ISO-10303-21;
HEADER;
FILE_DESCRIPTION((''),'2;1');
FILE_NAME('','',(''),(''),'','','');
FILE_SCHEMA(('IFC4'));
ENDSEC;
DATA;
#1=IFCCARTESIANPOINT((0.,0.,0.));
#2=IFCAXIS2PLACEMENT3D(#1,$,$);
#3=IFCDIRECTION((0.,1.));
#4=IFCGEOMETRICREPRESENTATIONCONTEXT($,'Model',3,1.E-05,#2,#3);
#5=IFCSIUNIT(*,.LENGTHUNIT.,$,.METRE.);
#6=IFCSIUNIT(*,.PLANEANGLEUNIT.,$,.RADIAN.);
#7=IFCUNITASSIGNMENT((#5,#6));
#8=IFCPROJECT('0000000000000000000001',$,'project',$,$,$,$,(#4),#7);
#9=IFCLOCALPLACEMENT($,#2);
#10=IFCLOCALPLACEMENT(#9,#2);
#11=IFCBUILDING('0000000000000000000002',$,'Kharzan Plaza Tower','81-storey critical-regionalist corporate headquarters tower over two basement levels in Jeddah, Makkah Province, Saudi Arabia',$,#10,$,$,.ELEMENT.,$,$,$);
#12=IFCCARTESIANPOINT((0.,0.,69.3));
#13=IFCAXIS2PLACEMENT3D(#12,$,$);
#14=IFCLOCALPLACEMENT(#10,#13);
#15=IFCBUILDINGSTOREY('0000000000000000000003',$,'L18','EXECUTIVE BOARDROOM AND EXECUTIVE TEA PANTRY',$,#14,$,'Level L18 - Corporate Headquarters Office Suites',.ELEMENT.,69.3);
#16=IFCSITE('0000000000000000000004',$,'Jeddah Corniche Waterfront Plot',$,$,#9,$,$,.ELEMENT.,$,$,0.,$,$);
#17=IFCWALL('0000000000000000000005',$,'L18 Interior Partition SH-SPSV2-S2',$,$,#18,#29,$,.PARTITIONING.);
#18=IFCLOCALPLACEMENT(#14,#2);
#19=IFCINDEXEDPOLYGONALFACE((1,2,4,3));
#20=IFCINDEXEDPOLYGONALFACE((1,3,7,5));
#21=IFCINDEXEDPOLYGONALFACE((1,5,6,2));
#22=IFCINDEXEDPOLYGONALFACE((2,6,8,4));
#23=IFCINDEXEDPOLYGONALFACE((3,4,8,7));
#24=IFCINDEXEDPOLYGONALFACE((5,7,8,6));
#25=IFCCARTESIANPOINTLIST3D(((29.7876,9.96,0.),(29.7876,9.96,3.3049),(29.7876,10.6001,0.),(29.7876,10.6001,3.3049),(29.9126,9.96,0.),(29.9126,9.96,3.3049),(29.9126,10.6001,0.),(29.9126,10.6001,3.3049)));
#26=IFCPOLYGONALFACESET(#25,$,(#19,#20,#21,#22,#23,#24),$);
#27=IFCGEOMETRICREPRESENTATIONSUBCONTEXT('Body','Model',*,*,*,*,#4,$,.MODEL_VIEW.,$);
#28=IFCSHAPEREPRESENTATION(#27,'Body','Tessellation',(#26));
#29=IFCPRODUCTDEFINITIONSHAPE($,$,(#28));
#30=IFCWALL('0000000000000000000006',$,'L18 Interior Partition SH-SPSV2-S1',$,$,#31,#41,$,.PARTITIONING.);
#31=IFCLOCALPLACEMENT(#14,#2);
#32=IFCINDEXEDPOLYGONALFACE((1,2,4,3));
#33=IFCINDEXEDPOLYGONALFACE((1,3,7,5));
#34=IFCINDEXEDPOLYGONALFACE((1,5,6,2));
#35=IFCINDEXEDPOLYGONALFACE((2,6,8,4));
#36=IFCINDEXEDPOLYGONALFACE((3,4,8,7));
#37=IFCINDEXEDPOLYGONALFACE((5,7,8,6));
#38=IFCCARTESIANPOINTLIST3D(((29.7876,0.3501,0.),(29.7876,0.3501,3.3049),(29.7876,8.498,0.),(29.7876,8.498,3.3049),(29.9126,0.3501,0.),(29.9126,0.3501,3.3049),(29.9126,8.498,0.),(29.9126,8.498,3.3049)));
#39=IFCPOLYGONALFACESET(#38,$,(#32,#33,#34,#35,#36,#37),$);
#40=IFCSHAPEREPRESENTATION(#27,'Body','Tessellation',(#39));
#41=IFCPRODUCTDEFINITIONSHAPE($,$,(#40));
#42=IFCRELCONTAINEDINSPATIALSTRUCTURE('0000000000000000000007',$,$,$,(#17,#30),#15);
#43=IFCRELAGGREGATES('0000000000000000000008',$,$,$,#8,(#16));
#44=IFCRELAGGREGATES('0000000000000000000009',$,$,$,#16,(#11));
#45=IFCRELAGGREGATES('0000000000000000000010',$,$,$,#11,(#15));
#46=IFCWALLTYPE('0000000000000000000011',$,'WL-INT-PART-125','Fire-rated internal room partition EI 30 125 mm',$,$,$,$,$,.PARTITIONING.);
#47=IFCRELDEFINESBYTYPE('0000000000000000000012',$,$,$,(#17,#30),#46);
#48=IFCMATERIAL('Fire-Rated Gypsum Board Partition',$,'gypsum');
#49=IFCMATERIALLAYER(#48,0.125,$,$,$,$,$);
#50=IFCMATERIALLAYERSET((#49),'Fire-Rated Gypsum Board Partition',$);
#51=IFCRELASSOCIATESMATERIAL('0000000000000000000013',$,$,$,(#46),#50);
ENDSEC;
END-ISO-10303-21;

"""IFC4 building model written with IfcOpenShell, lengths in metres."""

from ifc_helpers import new_model, si_unit, direction, frame, frame_2d, origin, place, context, subcontext, project, spatial, rectangle, extrude, source, transform, mapped, material, layer, layer_set, type_object, element, save


model = new_model("IFC4")

# Units and contexts
model_context = context("Model", 3, precision=1e-05, world=origin(), true_north=direction((0.0, 1.0)))
body_context = subcontext(model_context, "Body", "Model", "MODEL_VIEW")
ifc_project = project(units=[si_unit("LENGTHUNIT", "METRE"), si_unit("PLANEANGLEUNIT", "RADIAN")], contexts=[model_context])

# Site, building, storey
site_placement = place(None, origin())
site = spatial("IfcSite", under=ifc_project, at=site_placement, Name="Jeddah Corniche Waterfront Plot", CompositionType="ELEMENT", RefElevation=0.0)
building_placement = place(site_placement, origin())
building = spatial("IfcBuilding", under=site, at=building_placement, Name="Kharzan Plaza Tower", Description="81-storey critical-regionalist corporate headquarters tower over two basement levels in Jeddah, Makkah Province, Saudi Arabia", CompositionType="ELEMENT")
storey_placement = place(building_placement, frame((0.0, 0.0, 69.3)))
storey = spatial("IfcBuildingStorey", under=building, at=storey_placement, Name="L18", Description="EXECUTIVE BOARDROOM AND EXECUTIVE TEA PANTRY", LongName="Level L18 - Corporate Headquarters Office Suites", CompositionType="ELEMENT", Elevation=69.3)

# Shared definitions
ifc_material_1 = material(Name="Fire-Rated Gypsum Board Partition", Category="gypsum")
ifc_layer_1 = layer(ifc_material_1, 0.125)
ifc_layer_set_1 = layer_set([ifc_layer_1], Name="Fire-Rated Gypsum Board Partition")
wall_type_1 = type_object("IfcWallType", Name="WL-INT-PART-125", Description="Fire-rated internal room partition EI 30 125 mm", PredefinedType="PARTITIONING", material=ifc_layer_set_1)

# Walls
shared_shape_1 = source(origin(), body_context, "Body", "SweptSolid", [
    extrude(rectangle(XDim=0.6401, YDim=0.125, at=frame_2d((0.3201, 0.0))), origin(), (0.0, 0.0, 1.0), 3.3049),
])
wall_1_placement = place(storey_placement, frame((29.8501, 9.96, 0.0), z_axis=(0.0, 0.0, 1.0), x_axis=(0.0, 1.0, 0.0)))
element("IfcWall", 1, at=wall_1_placement, inside=storey, type_object=wall_type_1, Name="L18 Interior Partition SH-SPSV2-S2", PredefinedType="PARTITIONING", context=body_context, shape_type="MappedRepresentation", body=[
    mapped(shared_shape_1, transform((0.0, 0.0, 0.0), x_axis=(1.0, 0.0, 0.0), y_axis=(0.0, 1.0, 0.0), z_axis=(0.0, 0.0, 1.0))),
])
shared_shape_2 = source(origin(), body_context, "Body", "SweptSolid", [
    extrude(rectangle(XDim=8.1479, YDim=0.125, at=frame_2d((4.074, 0.0))), origin(), (0.0, 0.0, 1.0), 3.3049),
])
wall_2_placement = place(storey_placement, frame((29.8501, 0.3501, 0.0), z_axis=(0.0, 0.0, 1.0), x_axis=(0.0, 1.0, 0.0)))
element("IfcWall", 2, at=wall_2_placement, inside=storey, type_object=wall_type_1, Name="L18 Interior Partition SH-SPSV2-S1", PredefinedType="PARTITIONING", context=body_context, shape_type="MappedRepresentation", body=[
    mapped(shared_shape_2, transform((0.0, 0.0, 0.0), x_axis=(1.0, 0.0, 0.0), y_axis=(0.0, 1.0, 0.0), z_axis=(0.0, 0.0, 1.0))),
])

save(model, "model.ifc")
